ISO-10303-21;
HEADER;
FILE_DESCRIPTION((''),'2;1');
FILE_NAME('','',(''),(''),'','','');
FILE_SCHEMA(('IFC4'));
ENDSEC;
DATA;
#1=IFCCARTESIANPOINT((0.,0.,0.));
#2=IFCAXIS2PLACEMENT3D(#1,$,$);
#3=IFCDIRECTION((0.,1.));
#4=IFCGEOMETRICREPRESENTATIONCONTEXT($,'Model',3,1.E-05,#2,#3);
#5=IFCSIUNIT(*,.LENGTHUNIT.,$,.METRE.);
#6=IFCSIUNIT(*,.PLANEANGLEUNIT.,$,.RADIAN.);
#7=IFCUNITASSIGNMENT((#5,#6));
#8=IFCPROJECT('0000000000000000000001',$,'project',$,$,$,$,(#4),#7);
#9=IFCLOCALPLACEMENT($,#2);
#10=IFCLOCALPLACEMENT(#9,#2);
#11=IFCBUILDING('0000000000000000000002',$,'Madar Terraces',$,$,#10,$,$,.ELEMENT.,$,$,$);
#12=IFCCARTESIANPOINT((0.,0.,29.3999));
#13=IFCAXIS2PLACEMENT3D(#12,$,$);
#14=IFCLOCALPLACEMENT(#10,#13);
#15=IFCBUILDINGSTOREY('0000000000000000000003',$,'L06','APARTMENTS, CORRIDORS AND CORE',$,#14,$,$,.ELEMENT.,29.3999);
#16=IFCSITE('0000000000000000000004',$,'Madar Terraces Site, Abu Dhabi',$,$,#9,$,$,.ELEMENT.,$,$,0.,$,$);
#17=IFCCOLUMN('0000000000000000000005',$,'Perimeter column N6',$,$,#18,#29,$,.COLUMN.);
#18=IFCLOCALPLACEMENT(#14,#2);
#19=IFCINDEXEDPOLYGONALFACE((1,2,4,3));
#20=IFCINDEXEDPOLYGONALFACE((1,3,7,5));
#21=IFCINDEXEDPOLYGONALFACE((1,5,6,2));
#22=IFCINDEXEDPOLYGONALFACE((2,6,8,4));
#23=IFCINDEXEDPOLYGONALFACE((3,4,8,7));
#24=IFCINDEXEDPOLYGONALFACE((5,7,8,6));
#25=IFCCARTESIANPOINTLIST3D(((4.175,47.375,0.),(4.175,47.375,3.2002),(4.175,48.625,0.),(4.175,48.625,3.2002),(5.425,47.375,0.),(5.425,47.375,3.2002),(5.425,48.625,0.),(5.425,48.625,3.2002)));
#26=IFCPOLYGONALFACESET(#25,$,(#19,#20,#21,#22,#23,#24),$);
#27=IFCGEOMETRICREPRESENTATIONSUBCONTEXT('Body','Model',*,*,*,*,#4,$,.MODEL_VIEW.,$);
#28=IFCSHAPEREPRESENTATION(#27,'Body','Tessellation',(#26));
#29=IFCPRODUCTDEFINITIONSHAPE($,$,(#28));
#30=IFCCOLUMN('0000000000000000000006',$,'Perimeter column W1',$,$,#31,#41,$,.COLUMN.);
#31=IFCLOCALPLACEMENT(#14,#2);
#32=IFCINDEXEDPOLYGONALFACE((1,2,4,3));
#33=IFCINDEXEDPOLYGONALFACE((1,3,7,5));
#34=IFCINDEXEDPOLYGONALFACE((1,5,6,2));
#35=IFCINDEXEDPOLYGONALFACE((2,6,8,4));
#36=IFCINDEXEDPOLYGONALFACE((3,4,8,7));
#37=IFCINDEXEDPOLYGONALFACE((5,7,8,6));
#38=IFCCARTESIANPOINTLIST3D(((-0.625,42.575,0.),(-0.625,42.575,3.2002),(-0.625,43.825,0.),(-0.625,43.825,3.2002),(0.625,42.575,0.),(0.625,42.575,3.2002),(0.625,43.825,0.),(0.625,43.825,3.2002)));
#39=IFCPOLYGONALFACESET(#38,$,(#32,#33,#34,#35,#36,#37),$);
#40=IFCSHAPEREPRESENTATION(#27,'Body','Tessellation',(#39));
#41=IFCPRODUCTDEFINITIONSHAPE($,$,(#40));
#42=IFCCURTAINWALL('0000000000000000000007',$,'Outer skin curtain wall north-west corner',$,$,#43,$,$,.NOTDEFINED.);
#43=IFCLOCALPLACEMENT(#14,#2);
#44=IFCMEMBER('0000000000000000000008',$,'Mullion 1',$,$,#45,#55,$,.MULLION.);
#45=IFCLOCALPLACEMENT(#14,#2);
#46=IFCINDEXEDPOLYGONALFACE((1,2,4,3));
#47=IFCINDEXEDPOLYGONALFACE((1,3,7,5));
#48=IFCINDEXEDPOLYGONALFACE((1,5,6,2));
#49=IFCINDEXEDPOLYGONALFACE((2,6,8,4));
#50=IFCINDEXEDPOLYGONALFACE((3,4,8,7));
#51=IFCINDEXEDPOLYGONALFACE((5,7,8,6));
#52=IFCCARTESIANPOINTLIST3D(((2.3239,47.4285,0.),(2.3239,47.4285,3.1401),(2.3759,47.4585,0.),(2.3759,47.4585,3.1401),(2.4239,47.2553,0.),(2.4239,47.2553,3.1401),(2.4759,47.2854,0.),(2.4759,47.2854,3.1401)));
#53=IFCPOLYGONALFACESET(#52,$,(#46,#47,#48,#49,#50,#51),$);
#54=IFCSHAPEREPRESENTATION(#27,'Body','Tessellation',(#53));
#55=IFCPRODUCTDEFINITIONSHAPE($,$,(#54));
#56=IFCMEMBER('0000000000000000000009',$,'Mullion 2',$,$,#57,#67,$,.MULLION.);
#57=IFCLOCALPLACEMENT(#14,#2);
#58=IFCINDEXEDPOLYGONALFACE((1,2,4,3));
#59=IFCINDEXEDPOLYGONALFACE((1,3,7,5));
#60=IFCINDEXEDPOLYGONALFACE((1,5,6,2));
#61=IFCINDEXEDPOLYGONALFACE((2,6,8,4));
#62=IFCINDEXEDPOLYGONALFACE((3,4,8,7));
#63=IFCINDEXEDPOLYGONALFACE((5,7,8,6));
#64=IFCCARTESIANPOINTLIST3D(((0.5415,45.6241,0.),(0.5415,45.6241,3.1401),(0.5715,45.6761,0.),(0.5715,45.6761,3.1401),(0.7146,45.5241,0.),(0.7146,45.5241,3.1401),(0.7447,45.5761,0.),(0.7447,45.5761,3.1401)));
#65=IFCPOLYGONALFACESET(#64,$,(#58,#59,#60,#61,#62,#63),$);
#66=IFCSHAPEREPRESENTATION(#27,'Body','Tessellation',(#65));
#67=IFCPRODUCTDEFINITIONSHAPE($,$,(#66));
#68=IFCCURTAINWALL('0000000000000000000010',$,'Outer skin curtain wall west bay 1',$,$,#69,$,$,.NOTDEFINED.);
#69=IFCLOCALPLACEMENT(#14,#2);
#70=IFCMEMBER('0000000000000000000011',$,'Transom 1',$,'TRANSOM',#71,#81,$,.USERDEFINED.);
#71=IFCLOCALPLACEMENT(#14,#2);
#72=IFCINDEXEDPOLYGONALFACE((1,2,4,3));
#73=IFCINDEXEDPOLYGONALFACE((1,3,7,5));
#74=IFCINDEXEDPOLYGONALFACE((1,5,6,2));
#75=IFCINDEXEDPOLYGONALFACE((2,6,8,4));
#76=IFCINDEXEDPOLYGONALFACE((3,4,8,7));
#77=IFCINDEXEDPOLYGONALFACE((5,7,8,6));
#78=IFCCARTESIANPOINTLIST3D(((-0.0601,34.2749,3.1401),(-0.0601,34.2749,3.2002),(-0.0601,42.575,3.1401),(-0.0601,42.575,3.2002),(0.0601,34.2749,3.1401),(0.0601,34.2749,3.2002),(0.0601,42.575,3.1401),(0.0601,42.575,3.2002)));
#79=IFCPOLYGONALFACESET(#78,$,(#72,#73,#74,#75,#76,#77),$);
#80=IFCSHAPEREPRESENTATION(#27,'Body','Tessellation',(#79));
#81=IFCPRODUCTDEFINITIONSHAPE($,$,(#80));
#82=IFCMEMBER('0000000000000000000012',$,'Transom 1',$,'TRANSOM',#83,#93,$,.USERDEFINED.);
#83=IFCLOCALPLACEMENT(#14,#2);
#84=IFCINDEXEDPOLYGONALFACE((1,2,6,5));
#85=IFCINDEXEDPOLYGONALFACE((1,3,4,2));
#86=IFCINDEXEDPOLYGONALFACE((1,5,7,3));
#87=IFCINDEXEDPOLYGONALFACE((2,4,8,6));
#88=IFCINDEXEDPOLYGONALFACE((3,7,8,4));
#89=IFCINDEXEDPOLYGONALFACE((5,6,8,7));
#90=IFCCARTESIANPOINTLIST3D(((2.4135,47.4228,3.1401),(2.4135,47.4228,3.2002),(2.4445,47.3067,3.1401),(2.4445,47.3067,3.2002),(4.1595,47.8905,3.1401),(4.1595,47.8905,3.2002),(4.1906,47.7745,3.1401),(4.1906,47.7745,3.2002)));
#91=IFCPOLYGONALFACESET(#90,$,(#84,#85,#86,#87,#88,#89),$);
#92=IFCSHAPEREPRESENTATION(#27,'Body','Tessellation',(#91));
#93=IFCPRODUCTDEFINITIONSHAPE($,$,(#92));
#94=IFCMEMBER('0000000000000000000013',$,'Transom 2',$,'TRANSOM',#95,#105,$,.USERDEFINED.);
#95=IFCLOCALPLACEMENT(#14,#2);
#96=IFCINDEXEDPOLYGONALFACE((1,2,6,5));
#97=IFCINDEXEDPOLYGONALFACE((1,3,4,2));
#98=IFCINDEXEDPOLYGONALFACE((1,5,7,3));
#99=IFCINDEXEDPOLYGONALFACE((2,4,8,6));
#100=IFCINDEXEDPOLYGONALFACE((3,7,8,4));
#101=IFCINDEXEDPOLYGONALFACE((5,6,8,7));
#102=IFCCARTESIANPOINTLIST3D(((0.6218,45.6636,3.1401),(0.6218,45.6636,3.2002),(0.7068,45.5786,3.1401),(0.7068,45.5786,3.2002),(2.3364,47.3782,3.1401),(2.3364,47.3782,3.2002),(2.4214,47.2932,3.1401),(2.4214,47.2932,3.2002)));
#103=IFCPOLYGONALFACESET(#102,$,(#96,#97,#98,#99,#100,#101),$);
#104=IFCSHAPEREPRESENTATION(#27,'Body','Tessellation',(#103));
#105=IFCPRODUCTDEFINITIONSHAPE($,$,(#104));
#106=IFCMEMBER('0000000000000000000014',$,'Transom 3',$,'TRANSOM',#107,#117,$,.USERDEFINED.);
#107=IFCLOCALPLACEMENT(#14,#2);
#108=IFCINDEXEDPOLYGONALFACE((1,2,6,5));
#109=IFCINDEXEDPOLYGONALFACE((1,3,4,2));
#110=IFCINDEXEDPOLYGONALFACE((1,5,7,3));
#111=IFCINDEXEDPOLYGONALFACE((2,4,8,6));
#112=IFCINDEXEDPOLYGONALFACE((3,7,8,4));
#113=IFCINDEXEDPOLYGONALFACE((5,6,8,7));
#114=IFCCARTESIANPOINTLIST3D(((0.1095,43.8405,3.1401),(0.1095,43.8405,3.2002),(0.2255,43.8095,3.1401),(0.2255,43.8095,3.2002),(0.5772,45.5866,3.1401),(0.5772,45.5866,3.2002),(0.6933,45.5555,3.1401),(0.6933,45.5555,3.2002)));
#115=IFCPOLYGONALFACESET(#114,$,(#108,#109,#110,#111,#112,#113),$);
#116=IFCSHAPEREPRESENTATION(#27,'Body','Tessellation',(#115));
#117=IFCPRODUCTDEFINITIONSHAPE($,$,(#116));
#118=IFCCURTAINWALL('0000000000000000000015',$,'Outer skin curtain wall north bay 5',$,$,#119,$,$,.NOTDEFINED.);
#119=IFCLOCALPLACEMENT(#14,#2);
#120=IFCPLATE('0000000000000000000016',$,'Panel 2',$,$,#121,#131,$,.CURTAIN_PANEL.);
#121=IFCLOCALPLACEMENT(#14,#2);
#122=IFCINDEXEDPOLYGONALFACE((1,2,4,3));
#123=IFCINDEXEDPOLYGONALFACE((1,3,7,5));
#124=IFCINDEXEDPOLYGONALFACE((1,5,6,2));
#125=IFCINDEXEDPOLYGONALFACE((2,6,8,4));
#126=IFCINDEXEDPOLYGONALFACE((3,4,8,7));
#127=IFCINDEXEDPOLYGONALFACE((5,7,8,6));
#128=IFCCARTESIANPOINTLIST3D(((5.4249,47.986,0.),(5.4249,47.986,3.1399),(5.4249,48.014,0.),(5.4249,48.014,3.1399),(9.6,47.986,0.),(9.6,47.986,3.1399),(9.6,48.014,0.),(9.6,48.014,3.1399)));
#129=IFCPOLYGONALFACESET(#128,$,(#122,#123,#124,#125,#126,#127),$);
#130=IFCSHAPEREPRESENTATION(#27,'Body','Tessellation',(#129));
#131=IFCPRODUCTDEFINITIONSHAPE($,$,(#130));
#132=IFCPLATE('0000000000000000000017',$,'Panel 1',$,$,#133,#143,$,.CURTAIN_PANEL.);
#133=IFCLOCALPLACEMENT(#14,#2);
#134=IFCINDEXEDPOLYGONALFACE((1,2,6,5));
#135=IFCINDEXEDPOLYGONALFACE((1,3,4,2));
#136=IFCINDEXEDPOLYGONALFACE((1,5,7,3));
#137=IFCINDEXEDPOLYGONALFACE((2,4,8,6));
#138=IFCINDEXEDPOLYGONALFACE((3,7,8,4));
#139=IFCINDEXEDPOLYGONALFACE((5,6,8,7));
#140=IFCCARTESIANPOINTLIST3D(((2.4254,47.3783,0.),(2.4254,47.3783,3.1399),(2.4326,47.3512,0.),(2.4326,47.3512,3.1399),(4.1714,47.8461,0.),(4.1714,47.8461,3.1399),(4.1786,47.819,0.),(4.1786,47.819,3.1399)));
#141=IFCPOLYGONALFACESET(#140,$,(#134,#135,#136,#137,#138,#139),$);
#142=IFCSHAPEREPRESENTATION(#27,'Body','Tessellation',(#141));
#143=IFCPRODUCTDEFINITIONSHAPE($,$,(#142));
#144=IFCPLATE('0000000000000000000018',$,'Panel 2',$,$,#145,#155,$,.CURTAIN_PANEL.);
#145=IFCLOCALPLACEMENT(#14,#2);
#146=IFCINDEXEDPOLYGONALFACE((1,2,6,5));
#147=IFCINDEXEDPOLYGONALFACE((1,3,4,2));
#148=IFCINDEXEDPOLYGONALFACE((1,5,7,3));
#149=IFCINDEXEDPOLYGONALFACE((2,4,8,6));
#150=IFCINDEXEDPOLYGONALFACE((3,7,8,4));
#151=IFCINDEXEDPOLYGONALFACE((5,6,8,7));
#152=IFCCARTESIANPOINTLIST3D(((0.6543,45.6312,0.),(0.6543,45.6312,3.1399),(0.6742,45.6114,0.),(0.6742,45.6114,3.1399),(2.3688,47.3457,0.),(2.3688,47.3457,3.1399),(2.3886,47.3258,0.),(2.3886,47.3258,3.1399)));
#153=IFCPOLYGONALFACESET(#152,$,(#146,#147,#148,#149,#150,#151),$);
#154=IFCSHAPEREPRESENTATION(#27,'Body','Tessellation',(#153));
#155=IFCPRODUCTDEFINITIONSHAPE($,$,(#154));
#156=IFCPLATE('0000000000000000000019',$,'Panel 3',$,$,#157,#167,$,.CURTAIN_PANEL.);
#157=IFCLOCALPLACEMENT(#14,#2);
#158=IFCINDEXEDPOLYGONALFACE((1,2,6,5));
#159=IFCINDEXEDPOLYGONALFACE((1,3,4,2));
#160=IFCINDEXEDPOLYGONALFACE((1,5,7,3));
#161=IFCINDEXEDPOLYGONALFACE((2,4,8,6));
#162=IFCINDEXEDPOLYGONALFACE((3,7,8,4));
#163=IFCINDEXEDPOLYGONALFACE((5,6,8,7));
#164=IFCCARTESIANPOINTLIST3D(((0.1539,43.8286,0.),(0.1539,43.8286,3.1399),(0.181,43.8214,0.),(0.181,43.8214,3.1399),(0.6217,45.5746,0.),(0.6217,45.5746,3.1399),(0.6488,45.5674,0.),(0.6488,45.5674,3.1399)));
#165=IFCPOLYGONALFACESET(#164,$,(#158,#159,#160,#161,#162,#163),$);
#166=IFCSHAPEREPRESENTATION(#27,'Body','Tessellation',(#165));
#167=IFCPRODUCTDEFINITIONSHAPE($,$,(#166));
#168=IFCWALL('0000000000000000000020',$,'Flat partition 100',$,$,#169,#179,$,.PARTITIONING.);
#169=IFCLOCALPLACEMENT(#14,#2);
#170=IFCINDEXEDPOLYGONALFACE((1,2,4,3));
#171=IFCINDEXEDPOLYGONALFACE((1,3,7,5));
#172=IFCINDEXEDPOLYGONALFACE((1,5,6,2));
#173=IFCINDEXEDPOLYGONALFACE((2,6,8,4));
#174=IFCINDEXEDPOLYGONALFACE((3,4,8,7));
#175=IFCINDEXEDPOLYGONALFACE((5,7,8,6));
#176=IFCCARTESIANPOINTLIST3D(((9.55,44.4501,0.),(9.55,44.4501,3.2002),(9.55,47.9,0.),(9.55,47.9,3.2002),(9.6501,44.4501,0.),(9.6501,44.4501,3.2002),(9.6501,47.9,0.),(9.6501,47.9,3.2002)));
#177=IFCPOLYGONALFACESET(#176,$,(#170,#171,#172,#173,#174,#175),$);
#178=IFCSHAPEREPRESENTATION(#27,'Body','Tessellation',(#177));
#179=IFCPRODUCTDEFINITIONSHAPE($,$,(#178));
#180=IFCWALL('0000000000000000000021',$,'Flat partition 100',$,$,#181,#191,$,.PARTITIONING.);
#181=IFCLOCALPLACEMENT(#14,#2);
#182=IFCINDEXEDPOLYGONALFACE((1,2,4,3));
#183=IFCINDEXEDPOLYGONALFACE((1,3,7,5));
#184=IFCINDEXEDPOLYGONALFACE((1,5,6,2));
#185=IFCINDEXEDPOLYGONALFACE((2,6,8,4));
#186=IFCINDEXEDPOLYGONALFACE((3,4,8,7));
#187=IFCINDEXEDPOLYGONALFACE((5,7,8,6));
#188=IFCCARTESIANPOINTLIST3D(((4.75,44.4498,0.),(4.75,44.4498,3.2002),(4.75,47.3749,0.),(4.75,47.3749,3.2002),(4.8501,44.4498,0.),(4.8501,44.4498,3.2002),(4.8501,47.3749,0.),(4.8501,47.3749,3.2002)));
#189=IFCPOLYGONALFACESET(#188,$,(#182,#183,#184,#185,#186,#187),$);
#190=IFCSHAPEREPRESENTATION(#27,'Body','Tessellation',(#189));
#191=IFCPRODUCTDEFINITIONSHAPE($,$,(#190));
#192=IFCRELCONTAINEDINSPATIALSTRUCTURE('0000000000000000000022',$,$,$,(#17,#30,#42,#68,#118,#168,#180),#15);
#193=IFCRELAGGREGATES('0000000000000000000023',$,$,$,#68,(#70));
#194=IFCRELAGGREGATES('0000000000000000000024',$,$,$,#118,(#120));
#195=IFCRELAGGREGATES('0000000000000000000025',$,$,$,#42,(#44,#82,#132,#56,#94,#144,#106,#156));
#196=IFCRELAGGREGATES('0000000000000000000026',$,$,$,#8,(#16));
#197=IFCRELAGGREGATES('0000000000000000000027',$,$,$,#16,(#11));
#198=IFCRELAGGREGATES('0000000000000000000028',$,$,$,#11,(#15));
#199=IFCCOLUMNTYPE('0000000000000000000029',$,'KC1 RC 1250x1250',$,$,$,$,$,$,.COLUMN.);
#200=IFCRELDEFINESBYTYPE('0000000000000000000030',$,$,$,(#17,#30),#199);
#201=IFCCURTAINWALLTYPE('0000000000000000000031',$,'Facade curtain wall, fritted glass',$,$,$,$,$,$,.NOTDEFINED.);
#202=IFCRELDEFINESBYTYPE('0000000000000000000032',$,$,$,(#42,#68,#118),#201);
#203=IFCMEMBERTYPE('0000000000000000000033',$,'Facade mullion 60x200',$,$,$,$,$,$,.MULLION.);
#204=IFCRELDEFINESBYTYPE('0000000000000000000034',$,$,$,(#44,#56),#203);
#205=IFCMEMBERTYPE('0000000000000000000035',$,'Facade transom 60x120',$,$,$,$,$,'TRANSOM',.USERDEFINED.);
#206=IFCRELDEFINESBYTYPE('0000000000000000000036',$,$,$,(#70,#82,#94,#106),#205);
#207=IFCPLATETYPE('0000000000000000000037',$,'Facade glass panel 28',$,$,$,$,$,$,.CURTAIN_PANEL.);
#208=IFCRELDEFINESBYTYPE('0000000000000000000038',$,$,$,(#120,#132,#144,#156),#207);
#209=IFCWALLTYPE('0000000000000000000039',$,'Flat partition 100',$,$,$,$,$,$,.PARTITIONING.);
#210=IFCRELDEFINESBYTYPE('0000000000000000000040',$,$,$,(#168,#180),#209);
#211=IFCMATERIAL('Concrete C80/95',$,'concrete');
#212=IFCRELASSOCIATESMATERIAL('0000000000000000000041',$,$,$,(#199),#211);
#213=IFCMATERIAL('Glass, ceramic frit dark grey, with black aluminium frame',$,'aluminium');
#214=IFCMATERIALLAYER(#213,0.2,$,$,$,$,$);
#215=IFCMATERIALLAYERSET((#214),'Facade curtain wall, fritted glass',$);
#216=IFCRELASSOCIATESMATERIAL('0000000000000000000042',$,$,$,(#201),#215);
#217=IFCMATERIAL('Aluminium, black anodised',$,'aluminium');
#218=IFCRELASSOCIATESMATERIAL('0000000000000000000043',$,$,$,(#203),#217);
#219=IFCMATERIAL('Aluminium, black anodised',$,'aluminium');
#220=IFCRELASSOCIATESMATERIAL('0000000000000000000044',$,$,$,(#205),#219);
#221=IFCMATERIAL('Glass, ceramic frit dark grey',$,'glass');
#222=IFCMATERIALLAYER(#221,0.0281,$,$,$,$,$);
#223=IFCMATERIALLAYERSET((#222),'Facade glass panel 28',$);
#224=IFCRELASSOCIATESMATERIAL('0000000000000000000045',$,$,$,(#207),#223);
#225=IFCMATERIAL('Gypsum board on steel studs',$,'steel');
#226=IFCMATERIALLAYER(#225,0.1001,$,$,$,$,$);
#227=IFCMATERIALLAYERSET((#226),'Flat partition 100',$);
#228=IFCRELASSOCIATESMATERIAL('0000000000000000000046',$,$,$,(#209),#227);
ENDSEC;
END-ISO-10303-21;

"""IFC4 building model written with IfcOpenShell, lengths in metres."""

from ifc_helpers import new_model, si_unit, direction, frame, frame_2d, origin, origin_2d, place, context, subcontext, project, spatial, rectangle, extrude, material, layer, layer_set, material_profile, profile_set, type_object, element, aggregate, save


model = new_model("IFC4")

# Units and contexts
model_context = context("Model", 3, precision=1e-05, world=origin(), true_north=direction((0.0, 1.0)))
body_context = subcontext(model_context, "Body", "Model", "MODEL_VIEW")
ifc_project = project(units=[si_unit("LENGTHUNIT", "METRE"), si_unit("PLANEANGLEUNIT", "RADIAN")], contexts=[model_context])

# Site, building, storey
site_placement = place(None, origin())
site = spatial("IfcSite", under=ifc_project, at=site_placement, Name="Madar Terraces Site, Abu Dhabi", CompositionType="ELEMENT", RefElevation=0.0)
building_placement = place(site_placement, origin())
building = spatial("IfcBuilding", under=site, at=building_placement, Name="Madar Terraces", CompositionType="ELEMENT")
storey_placement = place(building_placement, frame((0.0, 0.0, 29.3999)))
storey = spatial("IfcBuildingStorey", under=building, at=storey_placement, Name="L06", Description="APARTMENTS, CORRIDORS AND CORE", CompositionType="ELEMENT", Elevation=29.3999)

# Columns
ifc_material_1 = material(Name="Concrete C80/95", Category="concrete")
ifc_material_profile_1 = material_profile(ifc_material_1, rectangle(XDim=1.25, YDim=1.25, at=origin_2d()), Name="KC1 RC 1250x1250")
ifc_profile_set_1 = profile_set([ifc_material_profile_1], Name="Concrete C80/95")
column_type = type_object("IfcColumnType", Name="KC1 RC 1250x1250", PredefinedType="COLUMN", material=ifc_profile_set_1)
for number, where, z_axis, x_axis, name in (
    (1, (4.8, 48.0, 0.0), (0.0, 0.0, 1.0), (1.0, 0.0, 0.0), "Perimeter column N6"),
    (2, (0.0, 43.2, 0.0), (0.0, 0.0, 1.0), (1.0, 0.0, 0.0), "Perimeter column W1"),
):
    element("IfcColumn", number, at=place(storey_placement, frame(where, z_axis=z_axis, x_axis=x_axis)), inside=storey, type_object=column_type, Name=name, PredefinedType="COLUMN", context=body_context, shape_type="SweptSolid", body=[
        extrude(rectangle(XDim=1.25, YDim=1.25, at=origin_2d()), origin(), (0.0, 0.0, 1.0), 3.2002),
    ])

# Curtain wall, members
ifc_material_2 = material(Name="Glass, ceramic frit dark grey, with black aluminium frame", Category="aluminium")
ifc_layer_1 = layer(ifc_material_2, 0.2)
ifc_layer_set_1 = layer_set([ifc_layer_1], Name="Facade curtain wall, fritted glass")
curtain_wall_type = type_object("IfcCurtainWallType", Name="Facade curtain wall, fritted glass", PredefinedType="NOTDEFINED", material=ifc_layer_set_1)
curtain_wall_1_placement = place(storey_placement, origin())
curtain_wall_1 = element("IfcCurtainWall", 3, at=curtain_wall_1_placement, inside=storey, type_object=curtain_wall_type, Name="Outer skin curtain wall north-west corner", PredefinedType="NOTDEFINED")
ifc_material_3 = material(Name="Aluminium, black anodised", Category="aluminium")
ifc_material_profile_2 = material_profile(ifc_material_3, rectangle(XDim=0.2, YDim=0.0601, at=origin_2d()), Name="Facade mullion 60x200")
ifc_profile_set_2 = profile_set([ifc_material_profile_2], Name="Aluminium, black anodised")
member_type_1 = type_object("IfcMemberType", Name="Facade mullion 60x200", PredefinedType="MULLION", material=ifc_profile_set_2)
member_1_placement = place(storey_placement, frame((2.3999, 47.3569, 0.0), z_axis=(0.0, 0.0, 1.0), x_axis=(0.5, -0.866025, 0.0)))
member_1 = element("IfcMember", 4, at=member_1_placement, type_object=member_type_1, Name="Mullion 1", PredefinedType="MULLION", context=body_context, shape_type="SweptSolid", body=[
    extrude(rectangle(XDim=0.2, YDim=0.0601, at=origin_2d()), origin(), (0.0, 0.0, 1.0), 3.1401),
])
member_2_placement = place(storey_placement, frame((0.6431, 45.6001, 0.0), z_axis=(0.0, 0.0, 1.0), x_axis=(0.866025, -0.5, 0.0)))
member_2 = element("IfcMember", 5, at=member_2_placement, type_object=member_type_1, Name="Mullion 2", PredefinedType="MULLION", context=body_context, shape_type="SweptSolid", body=[
    extrude(rectangle(XDim=0.2, YDim=0.0601, at=origin_2d()), origin(), (0.0, 0.0, 1.0), 3.1401),
])

# Curtain wall, member
curtain_wall_2_placement = place(storey_placement, origin())
curtain_wall_2 = element("IfcCurtainWall", 6, at=curtain_wall_2_placement, inside=storey, type_object=curtain_wall_type, Name="Outer skin curtain wall west bay 1", PredefinedType="NOTDEFINED")
ifc_material_4 = material(Name="Aluminium, black anodised", Category="aluminium")
ifc_material_profile_3 = material_profile(ifc_material_4, rectangle(XDim=0.1201, YDim=0.0601, at=origin_2d()), Name="Facade transom 60x120")
ifc_profile_set_3 = profile_set([ifc_material_profile_3], Name="Aluminium, black anodised")
member_type_2 = type_object("IfcMemberType", Name="Facade transom 60x120", ElementType="TRANSOM", PredefinedType="USERDEFINED", material=ifc_profile_set_3)
member_3_placement = place(storey_placement, frame((0.0, 42.575, 3.1702), z_axis=(0.0, -1.0, 0.0), x_axis=(1.0, 0.0, 0.0)))
member_3 = element("IfcMember", 7, at=member_3_placement, type_object=member_type_2, Name="Transom 1", ObjectType="TRANSOM", PredefinedType="USERDEFINED", context=body_context, shape_type="SweptSolid", body=[
    extrude(rectangle(XDim=0.1201, YDim=0.0601, at=origin_2d()), origin(), (0.0, 0.0, 1.0), 8.3),
])
aggregate(curtain_wall_2, [member_3])

# Members
member_4_placement = place(storey_placement, frame((4.175, 47.8325, 3.1702), z_axis=(-0.965938, -0.258772, 0.0), x_axis=(0.258772, -0.965938, 0.0)))
member_4 = element("IfcMember", 8, at=member_4_placement, type_object=member_type_2, Name="Transom 1", ObjectType="TRANSOM", PredefinedType="USERDEFINED", context=body_context, shape_type="SweptSolid", body=[
    extrude(rectangle(XDim=0.1201, YDim=0.0601, at=origin_2d()), origin(), (0.0, 0.0, 1.0), 1.8076),
])
member_5_placement = place(storey_placement, frame((2.3789, 47.3357, 3.1702), z_axis=(-0.707107, -0.707107, 0.0), x_axis=(0.707107, -0.707107, 0.0)))
member_5 = element("IfcMember", 9, at=member_5_placement, type_object=member_type_2, Name="Transom 2", ObjectType="TRANSOM", PredefinedType="USERDEFINED", context=body_context, shape_type="SweptSolid", body=[
    extrude(rectangle(XDim=0.1201, YDim=0.0601, at=origin_2d()), origin(), (0.0, 0.0, 1.0), 2.4248),
])
member_6_placement = place(storey_placement, frame((0.6353, 45.571, 3.1702), z_axis=(-0.258772, -0.965938, 0.0), x_axis=(0.965938, -0.258772, 0.0)))
member_6 = element("IfcMember", 10, at=member_6_placement, type_object=member_type_2, Name="Transom 3", ObjectType="TRANSOM", PredefinedType="USERDEFINED", context=body_context, shape_type="SweptSolid", body=[
    extrude(rectangle(XDim=0.1201, YDim=0.0601, at=origin_2d()), origin(), (0.0, 0.0, 1.0), 1.8076),
])

# Curtain wall, plate
curtain_wall_3_placement = place(storey_placement, origin())
curtain_wall_3 = element("IfcCurtainWall", 11, at=curtain_wall_3_placement, inside=storey, type_object=curtain_wall_type, Name="Outer skin curtain wall north bay 5", PredefinedType="NOTDEFINED")
ifc_material_5 = material(Name="Glass, ceramic frit dark grey", Category="glass")
ifc_layer_2 = layer(ifc_material_5, 0.0281)
ifc_layer_set_2 = layer_set([ifc_layer_2], Name="Facade glass panel 28")
plate_type = type_object("IfcPlateType", Name="Facade glass panel 28", PredefinedType="CURTAIN_PANEL", material=ifc_layer_set_2)
plate_1_placement = place(storey_placement, frame((7.5125, 48.0, 0.0), z_axis=(0.0, 0.0, 1.0), x_axis=(-1.0, 0.0, 0.0)))
plate_1 = element("IfcPlate", 12, at=plate_1_placement, type_object=plate_type, Name="Panel 2", PredefinedType="CURTAIN_PANEL", context=body_context, shape_type="SweptSolid", body=[
    extrude(rectangle(XDim=4.175, YDim=0.0281, at=origin_2d()), origin(), (0.0, 0.0, 1.0), 3.1399),
])
aggregate(curtain_wall_3, [plate_1])

# Plates
plate_2_placement = place(storey_placement, frame((3.302, 47.5986, 0.0), z_axis=(0.0, 0.0, 1.0), x_axis=(-0.965926, -0.258819, 0.0)))
plate_2 = element("IfcPlate", 13, at=plate_2_placement, type_object=plate_type, Name="Panel 1", PredefinedType="CURTAIN_PANEL", context=body_context, shape_type="SweptSolid", body=[
    extrude(rectangle(XDim=1.8076, YDim=0.0281, at=origin_2d()), origin(), (0.0, 0.0, 1.0), 3.1399),
])
plate_3_placement = place(storey_placement, frame((1.5215, 46.4785, 0.0), z_axis=(0.0, 0.0, 1.0), x_axis=(-0.707107, -0.707107, 0.0)))
plate_3 = element("IfcPlate", 14, at=plate_3_placement, type_object=plate_type, Name="Panel 2", PredefinedType="CURTAIN_PANEL", context=body_context, shape_type="SweptSolid", body=[
    extrude(rectangle(XDim=2.4246, YDim=0.0281, at=origin_2d()), origin(), (0.0, 0.0, 1.0), 3.1399),
])
plate_4_placement = place(storey_placement, frame((0.4014, 44.698, 0.0), z_axis=(0.0, 0.0, 1.0), x_axis=(-0.258819, -0.965926, 0.0)))
plate_4 = element("IfcPlate", 15, at=plate_4_placement, type_object=plate_type, Name="Panel 3", PredefinedType="CURTAIN_PANEL", context=body_context, shape_type="SweptSolid", body=[
    extrude(rectangle(XDim=1.8076, YDim=0.0281, at=origin_2d()), origin(), (0.0, 0.0, 1.0), 3.1399),
])
aggregate(curtain_wall_1, [member_1, member_4, plate_2, member_2, member_5, plate_3, member_6, plate_4])

# Walls
ifc_material_6 = material(Name="Gypsum board on steel studs", Category="steel")
ifc_layer_3 = layer(ifc_material_6, 0.1001)
ifc_layer_set_3 = layer_set([ifc_layer_3], Name="Flat partition 100")
wall_type_1 = type_object("IfcWallType", Name="Flat partition 100", PredefinedType="PARTITIONING", material=ifc_layer_set_3)
wall_1_placement = place(storey_placement, frame((9.6001, 44.45, 0.0), z_axis=(0.0, 0.0, 1.0), x_axis=(0.0, 1.0, 0.0)))
element("IfcWall", 16, at=wall_1_placement, inside=storey, type_object=wall_type_1, Name="Flat partition 100", PredefinedType="PARTITIONING", context=body_context, shape_type="SweptSolid", body=[
    extrude(rectangle(XDim=3.45, YDim=0.1001, at=frame_2d((1.7251, 0.0))), origin(), (0.0, 0.0, 1.0), 3.2002),
])
wall_2_placement = place(storey_placement, frame((4.8, 44.45, 0.0), z_axis=(0.0, 0.0, 1.0), x_axis=(0.0, 1.0, 0.0)))
element("IfcWall", 17, at=wall_2_placement, inside=storey, type_object=wall_type_1, Name="Flat partition 100", PredefinedType="PARTITIONING", context=body_context, shape_type="SweptSolid", body=[
    extrude(rectangle(XDim=2.925, YDim=0.1001, at=frame_2d((1.4624, 0.0))), origin(), (0.0, 0.0, 1.0), 3.2002),
])

save(model, "model.ifc")
